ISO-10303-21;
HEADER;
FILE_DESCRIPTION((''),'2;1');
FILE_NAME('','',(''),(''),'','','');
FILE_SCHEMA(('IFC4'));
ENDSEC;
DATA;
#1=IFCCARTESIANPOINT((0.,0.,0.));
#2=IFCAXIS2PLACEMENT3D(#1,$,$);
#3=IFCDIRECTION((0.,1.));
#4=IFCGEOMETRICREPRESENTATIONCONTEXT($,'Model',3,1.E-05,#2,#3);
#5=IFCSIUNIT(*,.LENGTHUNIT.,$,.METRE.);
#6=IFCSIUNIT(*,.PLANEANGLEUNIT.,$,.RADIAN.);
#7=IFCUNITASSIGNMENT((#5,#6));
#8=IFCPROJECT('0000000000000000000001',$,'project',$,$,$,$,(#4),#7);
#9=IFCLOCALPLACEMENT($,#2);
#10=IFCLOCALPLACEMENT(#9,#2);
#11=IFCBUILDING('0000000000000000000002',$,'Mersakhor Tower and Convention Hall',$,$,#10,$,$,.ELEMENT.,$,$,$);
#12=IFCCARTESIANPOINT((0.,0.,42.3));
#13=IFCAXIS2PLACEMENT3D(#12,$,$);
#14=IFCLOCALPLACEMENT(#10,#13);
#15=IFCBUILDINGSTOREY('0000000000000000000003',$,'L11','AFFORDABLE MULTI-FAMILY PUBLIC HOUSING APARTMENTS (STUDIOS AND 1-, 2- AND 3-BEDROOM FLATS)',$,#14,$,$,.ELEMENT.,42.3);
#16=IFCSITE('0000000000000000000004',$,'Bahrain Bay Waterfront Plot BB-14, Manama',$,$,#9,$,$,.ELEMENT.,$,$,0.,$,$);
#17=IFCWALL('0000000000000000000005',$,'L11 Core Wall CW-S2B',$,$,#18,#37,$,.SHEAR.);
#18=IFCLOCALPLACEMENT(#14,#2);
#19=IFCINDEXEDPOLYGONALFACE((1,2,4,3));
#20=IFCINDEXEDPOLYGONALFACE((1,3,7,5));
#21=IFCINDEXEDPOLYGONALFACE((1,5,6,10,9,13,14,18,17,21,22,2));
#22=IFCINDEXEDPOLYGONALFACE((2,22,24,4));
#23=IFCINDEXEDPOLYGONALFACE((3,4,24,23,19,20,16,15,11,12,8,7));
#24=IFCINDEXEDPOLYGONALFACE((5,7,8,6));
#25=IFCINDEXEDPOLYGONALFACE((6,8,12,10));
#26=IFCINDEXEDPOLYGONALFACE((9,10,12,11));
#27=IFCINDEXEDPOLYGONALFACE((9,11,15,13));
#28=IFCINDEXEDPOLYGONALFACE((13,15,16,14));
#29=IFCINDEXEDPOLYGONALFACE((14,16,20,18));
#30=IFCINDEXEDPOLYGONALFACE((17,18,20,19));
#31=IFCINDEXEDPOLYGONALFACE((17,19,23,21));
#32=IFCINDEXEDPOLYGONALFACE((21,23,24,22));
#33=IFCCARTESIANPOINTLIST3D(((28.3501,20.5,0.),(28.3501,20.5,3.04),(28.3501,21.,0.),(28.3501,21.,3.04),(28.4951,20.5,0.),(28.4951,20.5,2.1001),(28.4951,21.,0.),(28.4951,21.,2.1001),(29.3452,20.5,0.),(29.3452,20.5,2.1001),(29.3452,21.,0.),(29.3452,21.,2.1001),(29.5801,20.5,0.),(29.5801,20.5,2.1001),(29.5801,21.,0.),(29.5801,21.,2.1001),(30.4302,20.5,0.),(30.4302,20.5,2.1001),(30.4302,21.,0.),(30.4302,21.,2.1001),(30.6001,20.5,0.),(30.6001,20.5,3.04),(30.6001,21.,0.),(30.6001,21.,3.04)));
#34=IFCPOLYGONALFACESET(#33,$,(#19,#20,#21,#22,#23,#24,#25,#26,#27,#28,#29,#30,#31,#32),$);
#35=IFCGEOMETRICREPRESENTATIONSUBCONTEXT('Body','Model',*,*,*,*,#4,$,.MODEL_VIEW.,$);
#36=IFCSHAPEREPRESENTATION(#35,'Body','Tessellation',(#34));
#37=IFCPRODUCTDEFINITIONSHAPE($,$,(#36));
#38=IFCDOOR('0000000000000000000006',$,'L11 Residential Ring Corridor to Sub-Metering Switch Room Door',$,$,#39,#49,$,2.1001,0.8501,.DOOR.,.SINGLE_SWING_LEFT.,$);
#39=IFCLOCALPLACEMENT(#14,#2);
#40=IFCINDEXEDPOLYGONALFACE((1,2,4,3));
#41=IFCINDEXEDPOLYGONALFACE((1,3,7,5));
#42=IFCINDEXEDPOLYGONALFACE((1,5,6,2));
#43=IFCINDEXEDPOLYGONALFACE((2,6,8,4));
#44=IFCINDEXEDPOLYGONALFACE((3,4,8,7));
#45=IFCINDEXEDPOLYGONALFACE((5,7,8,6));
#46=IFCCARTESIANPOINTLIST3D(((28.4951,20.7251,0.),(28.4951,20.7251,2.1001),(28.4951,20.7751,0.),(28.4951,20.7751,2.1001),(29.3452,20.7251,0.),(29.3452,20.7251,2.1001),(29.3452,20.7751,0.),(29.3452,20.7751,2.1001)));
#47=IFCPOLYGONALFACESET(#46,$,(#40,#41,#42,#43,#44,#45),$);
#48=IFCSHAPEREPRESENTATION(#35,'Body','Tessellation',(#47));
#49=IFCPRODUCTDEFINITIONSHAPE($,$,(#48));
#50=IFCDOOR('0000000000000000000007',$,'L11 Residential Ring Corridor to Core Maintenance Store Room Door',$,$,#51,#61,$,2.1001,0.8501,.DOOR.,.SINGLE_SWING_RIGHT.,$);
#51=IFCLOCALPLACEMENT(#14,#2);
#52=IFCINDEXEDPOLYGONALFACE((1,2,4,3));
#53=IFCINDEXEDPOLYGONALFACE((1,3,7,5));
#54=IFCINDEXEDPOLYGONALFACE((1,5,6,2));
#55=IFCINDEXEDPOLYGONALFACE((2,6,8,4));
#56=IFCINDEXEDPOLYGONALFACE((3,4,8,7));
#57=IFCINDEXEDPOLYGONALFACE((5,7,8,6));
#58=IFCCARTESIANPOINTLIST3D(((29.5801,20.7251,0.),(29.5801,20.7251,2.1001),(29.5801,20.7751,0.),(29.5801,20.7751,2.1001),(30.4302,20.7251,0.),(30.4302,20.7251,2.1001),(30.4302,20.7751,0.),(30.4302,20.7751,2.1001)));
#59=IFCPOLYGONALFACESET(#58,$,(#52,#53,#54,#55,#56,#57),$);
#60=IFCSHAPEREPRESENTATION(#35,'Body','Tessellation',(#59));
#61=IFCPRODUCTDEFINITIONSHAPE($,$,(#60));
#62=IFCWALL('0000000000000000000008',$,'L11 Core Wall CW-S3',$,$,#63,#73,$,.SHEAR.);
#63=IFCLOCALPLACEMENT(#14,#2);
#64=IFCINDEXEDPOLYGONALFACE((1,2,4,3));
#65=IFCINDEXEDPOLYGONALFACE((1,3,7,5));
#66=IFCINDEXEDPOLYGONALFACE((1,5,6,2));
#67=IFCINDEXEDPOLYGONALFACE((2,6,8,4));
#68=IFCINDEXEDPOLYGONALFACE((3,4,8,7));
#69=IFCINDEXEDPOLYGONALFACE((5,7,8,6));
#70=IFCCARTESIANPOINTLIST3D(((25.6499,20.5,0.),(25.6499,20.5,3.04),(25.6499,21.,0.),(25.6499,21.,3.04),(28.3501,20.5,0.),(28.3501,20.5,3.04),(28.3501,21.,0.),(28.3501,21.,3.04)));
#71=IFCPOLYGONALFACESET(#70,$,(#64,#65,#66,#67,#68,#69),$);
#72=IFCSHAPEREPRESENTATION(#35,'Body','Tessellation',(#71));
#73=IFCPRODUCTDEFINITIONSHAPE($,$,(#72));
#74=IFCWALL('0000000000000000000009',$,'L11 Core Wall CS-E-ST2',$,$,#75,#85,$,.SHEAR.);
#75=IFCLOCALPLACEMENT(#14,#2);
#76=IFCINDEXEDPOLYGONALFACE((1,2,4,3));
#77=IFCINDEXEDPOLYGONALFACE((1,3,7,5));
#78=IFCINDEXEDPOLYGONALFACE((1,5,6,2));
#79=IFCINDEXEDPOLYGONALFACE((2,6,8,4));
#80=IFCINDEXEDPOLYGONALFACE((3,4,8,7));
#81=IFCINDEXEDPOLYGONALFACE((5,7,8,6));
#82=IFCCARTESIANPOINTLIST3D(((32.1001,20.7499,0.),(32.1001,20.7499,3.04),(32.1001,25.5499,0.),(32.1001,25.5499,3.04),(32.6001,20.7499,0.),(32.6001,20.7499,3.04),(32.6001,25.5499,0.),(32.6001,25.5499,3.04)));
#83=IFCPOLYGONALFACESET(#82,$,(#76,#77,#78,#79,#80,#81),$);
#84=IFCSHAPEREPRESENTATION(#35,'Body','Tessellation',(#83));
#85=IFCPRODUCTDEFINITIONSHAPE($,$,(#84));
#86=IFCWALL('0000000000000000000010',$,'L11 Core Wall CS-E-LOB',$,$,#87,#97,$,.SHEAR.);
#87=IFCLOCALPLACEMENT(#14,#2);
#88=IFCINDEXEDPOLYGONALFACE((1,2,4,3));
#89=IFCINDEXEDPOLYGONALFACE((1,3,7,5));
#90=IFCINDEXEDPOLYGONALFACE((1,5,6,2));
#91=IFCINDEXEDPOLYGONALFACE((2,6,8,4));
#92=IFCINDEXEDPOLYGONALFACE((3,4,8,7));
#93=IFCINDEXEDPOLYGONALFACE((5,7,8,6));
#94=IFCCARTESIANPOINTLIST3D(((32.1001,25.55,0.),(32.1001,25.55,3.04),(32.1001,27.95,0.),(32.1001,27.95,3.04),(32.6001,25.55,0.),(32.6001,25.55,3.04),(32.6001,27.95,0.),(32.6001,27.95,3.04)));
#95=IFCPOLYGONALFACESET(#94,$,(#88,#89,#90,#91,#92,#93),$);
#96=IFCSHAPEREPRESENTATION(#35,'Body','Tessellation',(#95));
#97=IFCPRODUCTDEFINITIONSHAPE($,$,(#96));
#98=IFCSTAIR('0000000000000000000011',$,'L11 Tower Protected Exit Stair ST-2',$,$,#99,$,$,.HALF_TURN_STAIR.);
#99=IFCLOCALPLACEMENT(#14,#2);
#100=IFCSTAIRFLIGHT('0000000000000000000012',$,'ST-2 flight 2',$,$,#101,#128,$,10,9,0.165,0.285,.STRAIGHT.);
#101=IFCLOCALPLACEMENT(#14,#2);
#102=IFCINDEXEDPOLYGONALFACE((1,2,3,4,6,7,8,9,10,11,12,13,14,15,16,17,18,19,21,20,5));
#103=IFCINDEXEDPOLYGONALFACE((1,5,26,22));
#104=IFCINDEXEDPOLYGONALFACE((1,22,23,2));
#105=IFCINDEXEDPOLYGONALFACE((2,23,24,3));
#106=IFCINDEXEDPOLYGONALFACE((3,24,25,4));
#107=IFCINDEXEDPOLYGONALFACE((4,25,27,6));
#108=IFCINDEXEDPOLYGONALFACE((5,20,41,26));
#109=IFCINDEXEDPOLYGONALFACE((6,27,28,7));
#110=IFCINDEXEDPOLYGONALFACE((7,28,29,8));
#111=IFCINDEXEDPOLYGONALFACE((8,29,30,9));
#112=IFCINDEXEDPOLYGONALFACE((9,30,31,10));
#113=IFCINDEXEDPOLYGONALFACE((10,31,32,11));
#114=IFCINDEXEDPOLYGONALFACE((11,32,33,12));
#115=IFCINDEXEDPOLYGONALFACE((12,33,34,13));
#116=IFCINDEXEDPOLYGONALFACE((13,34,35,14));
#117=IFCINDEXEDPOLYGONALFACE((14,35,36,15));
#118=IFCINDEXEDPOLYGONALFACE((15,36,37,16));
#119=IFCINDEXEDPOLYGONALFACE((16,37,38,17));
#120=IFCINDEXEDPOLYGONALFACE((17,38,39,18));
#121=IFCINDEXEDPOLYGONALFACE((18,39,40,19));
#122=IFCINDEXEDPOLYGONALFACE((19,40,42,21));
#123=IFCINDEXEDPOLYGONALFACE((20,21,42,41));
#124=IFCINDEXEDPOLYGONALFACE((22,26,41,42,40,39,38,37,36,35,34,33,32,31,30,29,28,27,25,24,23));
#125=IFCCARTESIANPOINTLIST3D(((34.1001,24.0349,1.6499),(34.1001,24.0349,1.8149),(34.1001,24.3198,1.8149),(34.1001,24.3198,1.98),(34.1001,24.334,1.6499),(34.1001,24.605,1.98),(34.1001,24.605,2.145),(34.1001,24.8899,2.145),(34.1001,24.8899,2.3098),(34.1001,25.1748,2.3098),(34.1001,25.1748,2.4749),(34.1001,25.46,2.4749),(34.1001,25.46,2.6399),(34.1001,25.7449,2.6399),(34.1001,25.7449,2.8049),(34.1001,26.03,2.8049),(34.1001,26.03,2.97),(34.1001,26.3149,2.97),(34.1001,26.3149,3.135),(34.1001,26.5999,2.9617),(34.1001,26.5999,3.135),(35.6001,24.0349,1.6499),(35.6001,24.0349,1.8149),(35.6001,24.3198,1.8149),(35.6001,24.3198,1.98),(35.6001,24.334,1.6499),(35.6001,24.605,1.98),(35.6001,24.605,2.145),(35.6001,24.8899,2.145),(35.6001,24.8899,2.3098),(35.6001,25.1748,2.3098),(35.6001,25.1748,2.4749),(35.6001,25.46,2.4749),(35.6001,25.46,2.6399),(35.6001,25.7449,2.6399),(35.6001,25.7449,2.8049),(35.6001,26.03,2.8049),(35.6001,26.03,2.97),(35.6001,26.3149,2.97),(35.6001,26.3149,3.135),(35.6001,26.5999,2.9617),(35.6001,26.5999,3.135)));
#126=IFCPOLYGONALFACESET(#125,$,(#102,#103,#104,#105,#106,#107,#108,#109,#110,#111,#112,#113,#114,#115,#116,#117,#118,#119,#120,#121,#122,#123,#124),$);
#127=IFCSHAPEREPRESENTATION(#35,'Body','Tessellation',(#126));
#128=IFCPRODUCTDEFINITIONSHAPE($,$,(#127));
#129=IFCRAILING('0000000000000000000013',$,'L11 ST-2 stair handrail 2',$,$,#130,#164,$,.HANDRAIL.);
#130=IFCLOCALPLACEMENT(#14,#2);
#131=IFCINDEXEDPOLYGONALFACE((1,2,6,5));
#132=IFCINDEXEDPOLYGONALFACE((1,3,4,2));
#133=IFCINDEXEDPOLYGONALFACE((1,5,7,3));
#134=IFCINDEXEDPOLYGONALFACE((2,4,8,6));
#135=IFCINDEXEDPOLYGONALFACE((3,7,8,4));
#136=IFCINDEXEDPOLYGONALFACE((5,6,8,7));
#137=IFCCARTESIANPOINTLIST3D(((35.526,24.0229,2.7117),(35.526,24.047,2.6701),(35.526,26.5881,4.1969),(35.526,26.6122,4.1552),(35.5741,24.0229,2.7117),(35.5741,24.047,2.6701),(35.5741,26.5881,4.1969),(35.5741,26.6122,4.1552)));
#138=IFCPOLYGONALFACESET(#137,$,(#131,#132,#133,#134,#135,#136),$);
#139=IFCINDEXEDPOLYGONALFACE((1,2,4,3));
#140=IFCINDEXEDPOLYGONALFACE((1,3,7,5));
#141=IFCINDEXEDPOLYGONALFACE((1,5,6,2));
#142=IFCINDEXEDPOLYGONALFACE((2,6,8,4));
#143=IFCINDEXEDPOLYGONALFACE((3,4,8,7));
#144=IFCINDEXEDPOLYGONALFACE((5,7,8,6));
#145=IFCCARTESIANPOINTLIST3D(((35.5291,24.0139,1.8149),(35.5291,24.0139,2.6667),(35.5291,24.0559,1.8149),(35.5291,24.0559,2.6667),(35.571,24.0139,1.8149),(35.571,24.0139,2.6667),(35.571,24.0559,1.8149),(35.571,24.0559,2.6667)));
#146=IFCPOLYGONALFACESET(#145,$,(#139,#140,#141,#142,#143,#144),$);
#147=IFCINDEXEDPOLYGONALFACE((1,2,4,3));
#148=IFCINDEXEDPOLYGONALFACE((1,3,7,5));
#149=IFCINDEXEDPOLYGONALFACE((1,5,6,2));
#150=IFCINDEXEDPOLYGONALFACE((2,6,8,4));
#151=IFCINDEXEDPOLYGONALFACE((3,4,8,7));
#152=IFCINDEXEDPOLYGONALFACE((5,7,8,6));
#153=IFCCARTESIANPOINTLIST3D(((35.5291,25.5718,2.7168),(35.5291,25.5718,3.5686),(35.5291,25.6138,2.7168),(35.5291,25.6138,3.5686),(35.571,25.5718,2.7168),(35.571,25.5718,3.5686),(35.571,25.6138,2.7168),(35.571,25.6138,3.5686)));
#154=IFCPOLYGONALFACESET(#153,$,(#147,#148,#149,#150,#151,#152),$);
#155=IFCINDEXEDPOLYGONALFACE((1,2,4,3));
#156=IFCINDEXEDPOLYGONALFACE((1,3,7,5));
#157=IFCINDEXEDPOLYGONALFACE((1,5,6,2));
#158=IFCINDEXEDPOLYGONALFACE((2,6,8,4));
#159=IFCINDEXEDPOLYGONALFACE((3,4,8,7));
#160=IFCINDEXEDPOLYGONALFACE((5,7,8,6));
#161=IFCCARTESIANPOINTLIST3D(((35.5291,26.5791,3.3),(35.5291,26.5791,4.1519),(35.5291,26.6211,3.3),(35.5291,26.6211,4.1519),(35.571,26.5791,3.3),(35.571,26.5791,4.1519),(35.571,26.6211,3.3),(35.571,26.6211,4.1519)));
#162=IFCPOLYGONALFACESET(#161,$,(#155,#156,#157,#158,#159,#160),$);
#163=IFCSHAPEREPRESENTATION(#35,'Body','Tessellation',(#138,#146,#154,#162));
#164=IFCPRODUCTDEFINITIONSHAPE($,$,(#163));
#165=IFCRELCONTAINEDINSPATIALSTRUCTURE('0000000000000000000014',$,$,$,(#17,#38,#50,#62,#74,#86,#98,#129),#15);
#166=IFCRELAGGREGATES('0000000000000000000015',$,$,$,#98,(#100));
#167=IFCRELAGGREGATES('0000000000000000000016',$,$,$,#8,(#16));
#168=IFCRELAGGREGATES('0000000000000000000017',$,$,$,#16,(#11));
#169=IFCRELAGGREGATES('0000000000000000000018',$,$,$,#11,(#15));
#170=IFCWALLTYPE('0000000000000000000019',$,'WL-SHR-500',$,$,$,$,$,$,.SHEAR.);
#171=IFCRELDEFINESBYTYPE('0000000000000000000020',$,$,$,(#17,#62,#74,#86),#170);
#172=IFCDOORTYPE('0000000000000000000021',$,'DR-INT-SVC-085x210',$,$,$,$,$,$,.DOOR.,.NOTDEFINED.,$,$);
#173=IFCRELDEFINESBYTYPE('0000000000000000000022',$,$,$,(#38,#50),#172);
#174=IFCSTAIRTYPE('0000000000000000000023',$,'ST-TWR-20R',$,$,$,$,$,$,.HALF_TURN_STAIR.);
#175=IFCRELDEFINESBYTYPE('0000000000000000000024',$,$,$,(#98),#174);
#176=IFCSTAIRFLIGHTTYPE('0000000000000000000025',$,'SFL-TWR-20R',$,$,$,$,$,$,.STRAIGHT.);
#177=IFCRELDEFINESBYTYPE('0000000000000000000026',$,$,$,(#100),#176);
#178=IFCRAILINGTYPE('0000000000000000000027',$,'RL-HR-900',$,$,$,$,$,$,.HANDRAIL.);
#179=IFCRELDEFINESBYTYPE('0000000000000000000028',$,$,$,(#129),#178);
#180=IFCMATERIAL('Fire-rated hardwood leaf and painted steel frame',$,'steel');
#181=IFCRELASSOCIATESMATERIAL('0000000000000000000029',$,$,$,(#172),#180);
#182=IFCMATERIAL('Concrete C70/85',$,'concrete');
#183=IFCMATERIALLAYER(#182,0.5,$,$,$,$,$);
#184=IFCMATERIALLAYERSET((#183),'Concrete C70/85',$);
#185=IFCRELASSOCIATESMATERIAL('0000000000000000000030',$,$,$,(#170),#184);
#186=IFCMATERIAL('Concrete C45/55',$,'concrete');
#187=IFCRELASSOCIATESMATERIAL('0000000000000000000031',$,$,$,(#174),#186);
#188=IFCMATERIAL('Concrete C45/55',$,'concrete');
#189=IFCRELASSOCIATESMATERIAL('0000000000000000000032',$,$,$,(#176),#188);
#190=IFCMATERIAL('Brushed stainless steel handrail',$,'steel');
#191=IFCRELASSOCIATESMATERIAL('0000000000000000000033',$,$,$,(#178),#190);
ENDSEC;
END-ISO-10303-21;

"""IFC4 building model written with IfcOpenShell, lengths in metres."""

from ifc_helpers import new_model, si_unit, direction, frame, frame_2d, origin, origin_2d, place, context, subcontext, project, spatial, polyline, rectangle, outline, extrude, material, layer, layer_set, type_object, element, fill, aggregate, save


model = new_model("IFC4")

# Units and contexts
model_context = context("Model", 3, precision=1e-05, world=origin(), true_north=direction((0.0, 1.0)))
body_context = subcontext(model_context, "Body", "Model", "MODEL_VIEW")
ifc_project = project(units=[si_unit("LENGTHUNIT", "METRE"), si_unit("PLANEANGLEUNIT", "RADIAN")], contexts=[model_context])

# Site, building, storey
site_placement = place(None, origin())
site = spatial("IfcSite", under=ifc_project, at=site_placement, Name="Bahrain Bay Waterfront Plot BB-14, Manama", CompositionType="ELEMENT", RefElevation=0.0)
building_placement = place(site_placement, origin())
building = spatial("IfcBuilding", under=site, at=building_placement, Name="Mersakhor Tower and Convention Hall", CompositionType="ELEMENT")
storey_placement = place(building_placement, frame((0.0, 0.0, 42.3)))
storey = spatial("IfcBuildingStorey", under=building, at=storey_placement, Name="L11", Description="AFFORDABLE MULTI-FAMILY PUBLIC HOUSING APARTMENTS (STUDIOS AND 1-, 2- AND 3-BEDROOM FLATS)", CompositionType="ELEMENT", Elevation=42.3)

# Shared definitions
ifc_material_1 = material(Name="Fire-rated hardwood leaf and painted steel frame", Category="steel")
door_type_1 = type_object("IfcDoorType", Name="DR-INT-SVC-085x210", OperationType="NOTDEFINED", PredefinedType="DOOR", material=ifc_material_1)

# Shared definitions
ifc_material_2 = material(Name="Concrete C70/85", Category="concrete")
ifc_layer_1 = layer(ifc_material_2, 0.5)
ifc_layer_set_1 = layer_set([ifc_layer_1], Name="Concrete C70/85")
wall_type_1 = type_object("IfcWallType", Name="WL-SHR-500", PredefinedType="SHEAR", material=ifc_layer_set_1)

# Wall, openings, doors
wall_1_placement = place(storey_placement, frame((30.6001, 20.75, 0.0), z_axis=(0.0, 0.0, 1.0), x_axis=(-1.0, 0.0, 0.0)))
wall_1 = element("IfcWall", 1, at=wall_1_placement, inside=storey, type_object=wall_type_1, Name="L11 Core Wall CW-S2B", PredefinedType="SHEAR", context=body_context, shape_type="SweptSolid", body=[
    extrude(rectangle(XDim=2.25, YDim=0.5, at=frame_2d((1.125, 0.0))), origin(), (0.0, 0.0, 1.0), 3.04),
])
opening_1_placement = place(wall_1_placement, frame((1.2549, 0.0, 0.0)))
opening_1 = element("IfcOpeningElement", 2, at=opening_1_placement, cuts=wall_1, PredefinedType="OPENING", context=body_context, shape_type="SweptSolid", body=[
    extrude(rectangle(XDim=0.8501, YDim=2.1001, at=frame_2d((0.425, 1.05))), frame((0.0, 0.26, 0.0), z_axis=(0.0, -1.0, 0.0), x_axis=(1.0, 0.0, 0.0)), (0.0, 0.0, 1.0), 0.52),
])
opening_2_placement = place(wall_1_placement, frame((0.1699, 0.0, 0.0)))
opening_2 = element("IfcOpeningElement", 3, at=opening_2_placement, cuts=wall_1, PredefinedType="OPENING", context=body_context, shape_type="SweptSolid", body=[
    extrude(rectangle(XDim=0.8501, YDim=2.1001, at=frame_2d((0.425, 1.05))), frame((0.0, 0.26, 0.0), z_axis=(0.0, -1.0, 0.0), x_axis=(1.0, 0.0, 0.0)), (0.0, 0.0, 1.0), 0.52),
])
door_1_placement = place(opening_1_placement, origin())
door_1 = element("IfcDoor", 4, at=door_1_placement, inside=storey, type_object=door_type_1, Name="L11 Residential Ring Corridor to Sub-Metering Switch Room Door", OperationType="SINGLE_SWING_LEFT", OverallHeight=2.1001, OverallWidth=0.8501, PredefinedType="DOOR", context=body_context, shape_type="SweptSolid", body=[
    extrude(rectangle(XDim=0.8501, YDim=2.1001, at=frame_2d((0.425, 1.05))), frame((0.0, 0.0249, 0.0), z_axis=(0.0, -1.0, 0.0), x_axis=(1.0, 0.0, 0.0)), (0.0, 0.0, 1.0), 0.05),
])
fill(opening_1, door_1)
door_2_placement = place(opening_2_placement, origin())
door_2 = element("IfcDoor", 5, at=door_2_placement, inside=storey, type_object=door_type_1, Name="L11 Residential Ring Corridor to Core Maintenance Store Room Door", OperationType="SINGLE_SWING_RIGHT", OverallHeight=2.1001, OverallWidth=0.8501, PredefinedType="DOOR", context=body_context, shape_type="SweptSolid", body=[
    extrude(rectangle(XDim=0.8501, YDim=2.1001, at=frame_2d((0.425, 1.05))), frame((0.0, 0.0249, 0.0), z_axis=(0.0, -1.0, 0.0), x_axis=(1.0, 0.0, 0.0)), (0.0, 0.0, 1.0), 0.05),
])
fill(opening_2, door_2)

# Walls
wall_2_placement = place(storey_placement, frame((28.3501, 20.75, 0.0), z_axis=(0.0, 0.0, 1.0), x_axis=(-1.0, 0.0, 0.0)))
element("IfcWall", 6, at=wall_2_placement, inside=storey, type_object=wall_type_1, Name="L11 Core Wall CW-S3", PredefinedType="SHEAR", context=body_context, shape_type="SweptSolid", body=[
    extrude(rectangle(XDim=2.7002, YDim=0.5, at=frame_2d((1.3501, 0.0))), origin(), (0.0, 0.0, 1.0), 3.04),
])
wall_3_placement = place(storey_placement, frame((32.3501, 20.75, 0.0), z_axis=(0.0, 0.0, 1.0), x_axis=(0.0, 1.0, 0.0)))
element("IfcWall", 7, at=wall_3_placement, inside=storey, type_object=wall_type_1, Name="L11 Core Wall CS-E-ST2", PredefinedType="SHEAR", context=body_context, shape_type="SweptSolid", body=[
    extrude(rectangle(XDim=4.8, YDim=0.5, at=frame_2d((2.3999, 0.0))), origin(), (0.0, 0.0, 1.0), 3.04),
])
wall_4_placement = place(storey_placement, frame((32.3501, 25.55, 0.0), z_axis=(0.0, 0.0, 1.0), x_axis=(0.0, 1.0, 0.0)))
element("IfcWall", 8, at=wall_4_placement, inside=storey, type_object=wall_type_1, Name="L11 Core Wall CS-E-LOB", PredefinedType="SHEAR", context=body_context, shape_type="SweptSolid", body=[
    extrude(rectangle(XDim=2.3999, YDim=0.5, at=frame_2d((1.2, 0.0))), origin(), (0.0, 0.0, 1.0), 3.04),
])

# Stair, stair flight
ifc_material_3 = material(Name="Concrete C45/55", Category="concrete")
stair_type = type_object("IfcStairType", Name="ST-TWR-20R", PredefinedType="HALF_TURN_STAIR", material=ifc_material_3)
stair_placement = place(storey_placement, origin())
stair = element("IfcStair", 9, at=stair_placement, inside=storey, type_object=stair_type, Name="L11 Tower Protected Exit Stair ST-2", PredefinedType="HALF_TURN_STAIR")
ifc_material_4 = material(Name="Concrete C45/55", Category="concrete")
stair_flight_type = type_object("IfcStairFlightType", Name="SFL-TWR-20R", PredefinedType="STRAIGHT", material=ifc_material_4)
stair_flight_placement = place(storey_placement, frame((34.8501, 24.0349, 1.6499), z_axis=(0.0, 0.0, 1.0), x_axis=(0.0, 1.0, 0.0)))
stair_flight = element("IfcStairFlight", 10, at=stair_flight_placement, type_object=stair_flight_type, Name="ST-2 flight 2", NumberOfRisers=10, NumberOfTreads=9, PredefinedType="STRAIGHT", RiserHeight=0.165, TreadLength=0.285, context=body_context, shape_type="SweptSolid", body=[
    extrude(outline(polyline([(0.0, 0.0), (0.0, 0.165), (0.2849, 0.165), (0.2849, 0.3301), (0.5701, 0.3301), (0.5701, 0.4951), (0.855, 0.4951), (0.855, 0.6599), (1.1399, 0.6599), (1.1399, 0.825), (1.425, 0.825), (1.425, 0.99), (1.71, 0.99), (1.71, 1.155), (1.9951, 1.155), (1.9951, 1.3201), (2.28, 1.3201), (2.28, 1.4851), (2.5649, 1.4851), (2.5649, 1.6499), (2.5649, 1.3118), (0.2991, 0.0), (0.0, 0.0)])), frame((0.0, 0.75, 0.0), z_axis=(0.0, -1.0, 0.0), x_axis=(1.0, 0.0, 0.0)), (0.0, 0.0, 1.0), 1.5),
])
aggregate(stair, [stair_flight])

# Railing
ifc_material_5 = material(Name="Brushed stainless steel handrail", Category="steel")
railing_type_1 = type_object("IfcRailingType", Name="RL-HR-900", PredefinedType="HANDRAIL", material=ifc_material_5)
railing_1_placement = place(storey_placement, frame((35.55, 24.0349, 1.8149)))
element("IfcRailing", 11, at=railing_1_placement, inside=storey, type_object=railing_type_1, Name="L11 ST-2 stair handrail 2", PredefinedType="HANDRAIL", context=body_context, shape_type="SweptSolid", body=[
    extrude(rectangle(XDim=0.0481, YDim=0.0481, at=origin_2d()), frame((0.0, 0.0, 0.876), z_axis=(0.0, 0.865426, 0.501036), x_axis=(-1.0, 0.0, 0.0)), (0.0, 0.0, 1.0), 2.9641),
    extrude(rectangle(XDim=0.042, YDim=0.042, at=origin_2d()), origin(), (0.0, 0.0, 1.0), 0.8518),
    extrude(rectangle(XDim=0.042, YDim=0.042, at=origin_2d()), frame((0.0, 1.5579, 0.9019)), (0.0, 0.0, 1.0), 0.8518),
    extrude(rectangle(XDim=0.042, YDim=0.042, at=origin_2d()), frame((0.0, 2.5652, 1.4851)), (0.0, 0.0, 1.0), 0.8518),
])

save(model, "model.ifc")
